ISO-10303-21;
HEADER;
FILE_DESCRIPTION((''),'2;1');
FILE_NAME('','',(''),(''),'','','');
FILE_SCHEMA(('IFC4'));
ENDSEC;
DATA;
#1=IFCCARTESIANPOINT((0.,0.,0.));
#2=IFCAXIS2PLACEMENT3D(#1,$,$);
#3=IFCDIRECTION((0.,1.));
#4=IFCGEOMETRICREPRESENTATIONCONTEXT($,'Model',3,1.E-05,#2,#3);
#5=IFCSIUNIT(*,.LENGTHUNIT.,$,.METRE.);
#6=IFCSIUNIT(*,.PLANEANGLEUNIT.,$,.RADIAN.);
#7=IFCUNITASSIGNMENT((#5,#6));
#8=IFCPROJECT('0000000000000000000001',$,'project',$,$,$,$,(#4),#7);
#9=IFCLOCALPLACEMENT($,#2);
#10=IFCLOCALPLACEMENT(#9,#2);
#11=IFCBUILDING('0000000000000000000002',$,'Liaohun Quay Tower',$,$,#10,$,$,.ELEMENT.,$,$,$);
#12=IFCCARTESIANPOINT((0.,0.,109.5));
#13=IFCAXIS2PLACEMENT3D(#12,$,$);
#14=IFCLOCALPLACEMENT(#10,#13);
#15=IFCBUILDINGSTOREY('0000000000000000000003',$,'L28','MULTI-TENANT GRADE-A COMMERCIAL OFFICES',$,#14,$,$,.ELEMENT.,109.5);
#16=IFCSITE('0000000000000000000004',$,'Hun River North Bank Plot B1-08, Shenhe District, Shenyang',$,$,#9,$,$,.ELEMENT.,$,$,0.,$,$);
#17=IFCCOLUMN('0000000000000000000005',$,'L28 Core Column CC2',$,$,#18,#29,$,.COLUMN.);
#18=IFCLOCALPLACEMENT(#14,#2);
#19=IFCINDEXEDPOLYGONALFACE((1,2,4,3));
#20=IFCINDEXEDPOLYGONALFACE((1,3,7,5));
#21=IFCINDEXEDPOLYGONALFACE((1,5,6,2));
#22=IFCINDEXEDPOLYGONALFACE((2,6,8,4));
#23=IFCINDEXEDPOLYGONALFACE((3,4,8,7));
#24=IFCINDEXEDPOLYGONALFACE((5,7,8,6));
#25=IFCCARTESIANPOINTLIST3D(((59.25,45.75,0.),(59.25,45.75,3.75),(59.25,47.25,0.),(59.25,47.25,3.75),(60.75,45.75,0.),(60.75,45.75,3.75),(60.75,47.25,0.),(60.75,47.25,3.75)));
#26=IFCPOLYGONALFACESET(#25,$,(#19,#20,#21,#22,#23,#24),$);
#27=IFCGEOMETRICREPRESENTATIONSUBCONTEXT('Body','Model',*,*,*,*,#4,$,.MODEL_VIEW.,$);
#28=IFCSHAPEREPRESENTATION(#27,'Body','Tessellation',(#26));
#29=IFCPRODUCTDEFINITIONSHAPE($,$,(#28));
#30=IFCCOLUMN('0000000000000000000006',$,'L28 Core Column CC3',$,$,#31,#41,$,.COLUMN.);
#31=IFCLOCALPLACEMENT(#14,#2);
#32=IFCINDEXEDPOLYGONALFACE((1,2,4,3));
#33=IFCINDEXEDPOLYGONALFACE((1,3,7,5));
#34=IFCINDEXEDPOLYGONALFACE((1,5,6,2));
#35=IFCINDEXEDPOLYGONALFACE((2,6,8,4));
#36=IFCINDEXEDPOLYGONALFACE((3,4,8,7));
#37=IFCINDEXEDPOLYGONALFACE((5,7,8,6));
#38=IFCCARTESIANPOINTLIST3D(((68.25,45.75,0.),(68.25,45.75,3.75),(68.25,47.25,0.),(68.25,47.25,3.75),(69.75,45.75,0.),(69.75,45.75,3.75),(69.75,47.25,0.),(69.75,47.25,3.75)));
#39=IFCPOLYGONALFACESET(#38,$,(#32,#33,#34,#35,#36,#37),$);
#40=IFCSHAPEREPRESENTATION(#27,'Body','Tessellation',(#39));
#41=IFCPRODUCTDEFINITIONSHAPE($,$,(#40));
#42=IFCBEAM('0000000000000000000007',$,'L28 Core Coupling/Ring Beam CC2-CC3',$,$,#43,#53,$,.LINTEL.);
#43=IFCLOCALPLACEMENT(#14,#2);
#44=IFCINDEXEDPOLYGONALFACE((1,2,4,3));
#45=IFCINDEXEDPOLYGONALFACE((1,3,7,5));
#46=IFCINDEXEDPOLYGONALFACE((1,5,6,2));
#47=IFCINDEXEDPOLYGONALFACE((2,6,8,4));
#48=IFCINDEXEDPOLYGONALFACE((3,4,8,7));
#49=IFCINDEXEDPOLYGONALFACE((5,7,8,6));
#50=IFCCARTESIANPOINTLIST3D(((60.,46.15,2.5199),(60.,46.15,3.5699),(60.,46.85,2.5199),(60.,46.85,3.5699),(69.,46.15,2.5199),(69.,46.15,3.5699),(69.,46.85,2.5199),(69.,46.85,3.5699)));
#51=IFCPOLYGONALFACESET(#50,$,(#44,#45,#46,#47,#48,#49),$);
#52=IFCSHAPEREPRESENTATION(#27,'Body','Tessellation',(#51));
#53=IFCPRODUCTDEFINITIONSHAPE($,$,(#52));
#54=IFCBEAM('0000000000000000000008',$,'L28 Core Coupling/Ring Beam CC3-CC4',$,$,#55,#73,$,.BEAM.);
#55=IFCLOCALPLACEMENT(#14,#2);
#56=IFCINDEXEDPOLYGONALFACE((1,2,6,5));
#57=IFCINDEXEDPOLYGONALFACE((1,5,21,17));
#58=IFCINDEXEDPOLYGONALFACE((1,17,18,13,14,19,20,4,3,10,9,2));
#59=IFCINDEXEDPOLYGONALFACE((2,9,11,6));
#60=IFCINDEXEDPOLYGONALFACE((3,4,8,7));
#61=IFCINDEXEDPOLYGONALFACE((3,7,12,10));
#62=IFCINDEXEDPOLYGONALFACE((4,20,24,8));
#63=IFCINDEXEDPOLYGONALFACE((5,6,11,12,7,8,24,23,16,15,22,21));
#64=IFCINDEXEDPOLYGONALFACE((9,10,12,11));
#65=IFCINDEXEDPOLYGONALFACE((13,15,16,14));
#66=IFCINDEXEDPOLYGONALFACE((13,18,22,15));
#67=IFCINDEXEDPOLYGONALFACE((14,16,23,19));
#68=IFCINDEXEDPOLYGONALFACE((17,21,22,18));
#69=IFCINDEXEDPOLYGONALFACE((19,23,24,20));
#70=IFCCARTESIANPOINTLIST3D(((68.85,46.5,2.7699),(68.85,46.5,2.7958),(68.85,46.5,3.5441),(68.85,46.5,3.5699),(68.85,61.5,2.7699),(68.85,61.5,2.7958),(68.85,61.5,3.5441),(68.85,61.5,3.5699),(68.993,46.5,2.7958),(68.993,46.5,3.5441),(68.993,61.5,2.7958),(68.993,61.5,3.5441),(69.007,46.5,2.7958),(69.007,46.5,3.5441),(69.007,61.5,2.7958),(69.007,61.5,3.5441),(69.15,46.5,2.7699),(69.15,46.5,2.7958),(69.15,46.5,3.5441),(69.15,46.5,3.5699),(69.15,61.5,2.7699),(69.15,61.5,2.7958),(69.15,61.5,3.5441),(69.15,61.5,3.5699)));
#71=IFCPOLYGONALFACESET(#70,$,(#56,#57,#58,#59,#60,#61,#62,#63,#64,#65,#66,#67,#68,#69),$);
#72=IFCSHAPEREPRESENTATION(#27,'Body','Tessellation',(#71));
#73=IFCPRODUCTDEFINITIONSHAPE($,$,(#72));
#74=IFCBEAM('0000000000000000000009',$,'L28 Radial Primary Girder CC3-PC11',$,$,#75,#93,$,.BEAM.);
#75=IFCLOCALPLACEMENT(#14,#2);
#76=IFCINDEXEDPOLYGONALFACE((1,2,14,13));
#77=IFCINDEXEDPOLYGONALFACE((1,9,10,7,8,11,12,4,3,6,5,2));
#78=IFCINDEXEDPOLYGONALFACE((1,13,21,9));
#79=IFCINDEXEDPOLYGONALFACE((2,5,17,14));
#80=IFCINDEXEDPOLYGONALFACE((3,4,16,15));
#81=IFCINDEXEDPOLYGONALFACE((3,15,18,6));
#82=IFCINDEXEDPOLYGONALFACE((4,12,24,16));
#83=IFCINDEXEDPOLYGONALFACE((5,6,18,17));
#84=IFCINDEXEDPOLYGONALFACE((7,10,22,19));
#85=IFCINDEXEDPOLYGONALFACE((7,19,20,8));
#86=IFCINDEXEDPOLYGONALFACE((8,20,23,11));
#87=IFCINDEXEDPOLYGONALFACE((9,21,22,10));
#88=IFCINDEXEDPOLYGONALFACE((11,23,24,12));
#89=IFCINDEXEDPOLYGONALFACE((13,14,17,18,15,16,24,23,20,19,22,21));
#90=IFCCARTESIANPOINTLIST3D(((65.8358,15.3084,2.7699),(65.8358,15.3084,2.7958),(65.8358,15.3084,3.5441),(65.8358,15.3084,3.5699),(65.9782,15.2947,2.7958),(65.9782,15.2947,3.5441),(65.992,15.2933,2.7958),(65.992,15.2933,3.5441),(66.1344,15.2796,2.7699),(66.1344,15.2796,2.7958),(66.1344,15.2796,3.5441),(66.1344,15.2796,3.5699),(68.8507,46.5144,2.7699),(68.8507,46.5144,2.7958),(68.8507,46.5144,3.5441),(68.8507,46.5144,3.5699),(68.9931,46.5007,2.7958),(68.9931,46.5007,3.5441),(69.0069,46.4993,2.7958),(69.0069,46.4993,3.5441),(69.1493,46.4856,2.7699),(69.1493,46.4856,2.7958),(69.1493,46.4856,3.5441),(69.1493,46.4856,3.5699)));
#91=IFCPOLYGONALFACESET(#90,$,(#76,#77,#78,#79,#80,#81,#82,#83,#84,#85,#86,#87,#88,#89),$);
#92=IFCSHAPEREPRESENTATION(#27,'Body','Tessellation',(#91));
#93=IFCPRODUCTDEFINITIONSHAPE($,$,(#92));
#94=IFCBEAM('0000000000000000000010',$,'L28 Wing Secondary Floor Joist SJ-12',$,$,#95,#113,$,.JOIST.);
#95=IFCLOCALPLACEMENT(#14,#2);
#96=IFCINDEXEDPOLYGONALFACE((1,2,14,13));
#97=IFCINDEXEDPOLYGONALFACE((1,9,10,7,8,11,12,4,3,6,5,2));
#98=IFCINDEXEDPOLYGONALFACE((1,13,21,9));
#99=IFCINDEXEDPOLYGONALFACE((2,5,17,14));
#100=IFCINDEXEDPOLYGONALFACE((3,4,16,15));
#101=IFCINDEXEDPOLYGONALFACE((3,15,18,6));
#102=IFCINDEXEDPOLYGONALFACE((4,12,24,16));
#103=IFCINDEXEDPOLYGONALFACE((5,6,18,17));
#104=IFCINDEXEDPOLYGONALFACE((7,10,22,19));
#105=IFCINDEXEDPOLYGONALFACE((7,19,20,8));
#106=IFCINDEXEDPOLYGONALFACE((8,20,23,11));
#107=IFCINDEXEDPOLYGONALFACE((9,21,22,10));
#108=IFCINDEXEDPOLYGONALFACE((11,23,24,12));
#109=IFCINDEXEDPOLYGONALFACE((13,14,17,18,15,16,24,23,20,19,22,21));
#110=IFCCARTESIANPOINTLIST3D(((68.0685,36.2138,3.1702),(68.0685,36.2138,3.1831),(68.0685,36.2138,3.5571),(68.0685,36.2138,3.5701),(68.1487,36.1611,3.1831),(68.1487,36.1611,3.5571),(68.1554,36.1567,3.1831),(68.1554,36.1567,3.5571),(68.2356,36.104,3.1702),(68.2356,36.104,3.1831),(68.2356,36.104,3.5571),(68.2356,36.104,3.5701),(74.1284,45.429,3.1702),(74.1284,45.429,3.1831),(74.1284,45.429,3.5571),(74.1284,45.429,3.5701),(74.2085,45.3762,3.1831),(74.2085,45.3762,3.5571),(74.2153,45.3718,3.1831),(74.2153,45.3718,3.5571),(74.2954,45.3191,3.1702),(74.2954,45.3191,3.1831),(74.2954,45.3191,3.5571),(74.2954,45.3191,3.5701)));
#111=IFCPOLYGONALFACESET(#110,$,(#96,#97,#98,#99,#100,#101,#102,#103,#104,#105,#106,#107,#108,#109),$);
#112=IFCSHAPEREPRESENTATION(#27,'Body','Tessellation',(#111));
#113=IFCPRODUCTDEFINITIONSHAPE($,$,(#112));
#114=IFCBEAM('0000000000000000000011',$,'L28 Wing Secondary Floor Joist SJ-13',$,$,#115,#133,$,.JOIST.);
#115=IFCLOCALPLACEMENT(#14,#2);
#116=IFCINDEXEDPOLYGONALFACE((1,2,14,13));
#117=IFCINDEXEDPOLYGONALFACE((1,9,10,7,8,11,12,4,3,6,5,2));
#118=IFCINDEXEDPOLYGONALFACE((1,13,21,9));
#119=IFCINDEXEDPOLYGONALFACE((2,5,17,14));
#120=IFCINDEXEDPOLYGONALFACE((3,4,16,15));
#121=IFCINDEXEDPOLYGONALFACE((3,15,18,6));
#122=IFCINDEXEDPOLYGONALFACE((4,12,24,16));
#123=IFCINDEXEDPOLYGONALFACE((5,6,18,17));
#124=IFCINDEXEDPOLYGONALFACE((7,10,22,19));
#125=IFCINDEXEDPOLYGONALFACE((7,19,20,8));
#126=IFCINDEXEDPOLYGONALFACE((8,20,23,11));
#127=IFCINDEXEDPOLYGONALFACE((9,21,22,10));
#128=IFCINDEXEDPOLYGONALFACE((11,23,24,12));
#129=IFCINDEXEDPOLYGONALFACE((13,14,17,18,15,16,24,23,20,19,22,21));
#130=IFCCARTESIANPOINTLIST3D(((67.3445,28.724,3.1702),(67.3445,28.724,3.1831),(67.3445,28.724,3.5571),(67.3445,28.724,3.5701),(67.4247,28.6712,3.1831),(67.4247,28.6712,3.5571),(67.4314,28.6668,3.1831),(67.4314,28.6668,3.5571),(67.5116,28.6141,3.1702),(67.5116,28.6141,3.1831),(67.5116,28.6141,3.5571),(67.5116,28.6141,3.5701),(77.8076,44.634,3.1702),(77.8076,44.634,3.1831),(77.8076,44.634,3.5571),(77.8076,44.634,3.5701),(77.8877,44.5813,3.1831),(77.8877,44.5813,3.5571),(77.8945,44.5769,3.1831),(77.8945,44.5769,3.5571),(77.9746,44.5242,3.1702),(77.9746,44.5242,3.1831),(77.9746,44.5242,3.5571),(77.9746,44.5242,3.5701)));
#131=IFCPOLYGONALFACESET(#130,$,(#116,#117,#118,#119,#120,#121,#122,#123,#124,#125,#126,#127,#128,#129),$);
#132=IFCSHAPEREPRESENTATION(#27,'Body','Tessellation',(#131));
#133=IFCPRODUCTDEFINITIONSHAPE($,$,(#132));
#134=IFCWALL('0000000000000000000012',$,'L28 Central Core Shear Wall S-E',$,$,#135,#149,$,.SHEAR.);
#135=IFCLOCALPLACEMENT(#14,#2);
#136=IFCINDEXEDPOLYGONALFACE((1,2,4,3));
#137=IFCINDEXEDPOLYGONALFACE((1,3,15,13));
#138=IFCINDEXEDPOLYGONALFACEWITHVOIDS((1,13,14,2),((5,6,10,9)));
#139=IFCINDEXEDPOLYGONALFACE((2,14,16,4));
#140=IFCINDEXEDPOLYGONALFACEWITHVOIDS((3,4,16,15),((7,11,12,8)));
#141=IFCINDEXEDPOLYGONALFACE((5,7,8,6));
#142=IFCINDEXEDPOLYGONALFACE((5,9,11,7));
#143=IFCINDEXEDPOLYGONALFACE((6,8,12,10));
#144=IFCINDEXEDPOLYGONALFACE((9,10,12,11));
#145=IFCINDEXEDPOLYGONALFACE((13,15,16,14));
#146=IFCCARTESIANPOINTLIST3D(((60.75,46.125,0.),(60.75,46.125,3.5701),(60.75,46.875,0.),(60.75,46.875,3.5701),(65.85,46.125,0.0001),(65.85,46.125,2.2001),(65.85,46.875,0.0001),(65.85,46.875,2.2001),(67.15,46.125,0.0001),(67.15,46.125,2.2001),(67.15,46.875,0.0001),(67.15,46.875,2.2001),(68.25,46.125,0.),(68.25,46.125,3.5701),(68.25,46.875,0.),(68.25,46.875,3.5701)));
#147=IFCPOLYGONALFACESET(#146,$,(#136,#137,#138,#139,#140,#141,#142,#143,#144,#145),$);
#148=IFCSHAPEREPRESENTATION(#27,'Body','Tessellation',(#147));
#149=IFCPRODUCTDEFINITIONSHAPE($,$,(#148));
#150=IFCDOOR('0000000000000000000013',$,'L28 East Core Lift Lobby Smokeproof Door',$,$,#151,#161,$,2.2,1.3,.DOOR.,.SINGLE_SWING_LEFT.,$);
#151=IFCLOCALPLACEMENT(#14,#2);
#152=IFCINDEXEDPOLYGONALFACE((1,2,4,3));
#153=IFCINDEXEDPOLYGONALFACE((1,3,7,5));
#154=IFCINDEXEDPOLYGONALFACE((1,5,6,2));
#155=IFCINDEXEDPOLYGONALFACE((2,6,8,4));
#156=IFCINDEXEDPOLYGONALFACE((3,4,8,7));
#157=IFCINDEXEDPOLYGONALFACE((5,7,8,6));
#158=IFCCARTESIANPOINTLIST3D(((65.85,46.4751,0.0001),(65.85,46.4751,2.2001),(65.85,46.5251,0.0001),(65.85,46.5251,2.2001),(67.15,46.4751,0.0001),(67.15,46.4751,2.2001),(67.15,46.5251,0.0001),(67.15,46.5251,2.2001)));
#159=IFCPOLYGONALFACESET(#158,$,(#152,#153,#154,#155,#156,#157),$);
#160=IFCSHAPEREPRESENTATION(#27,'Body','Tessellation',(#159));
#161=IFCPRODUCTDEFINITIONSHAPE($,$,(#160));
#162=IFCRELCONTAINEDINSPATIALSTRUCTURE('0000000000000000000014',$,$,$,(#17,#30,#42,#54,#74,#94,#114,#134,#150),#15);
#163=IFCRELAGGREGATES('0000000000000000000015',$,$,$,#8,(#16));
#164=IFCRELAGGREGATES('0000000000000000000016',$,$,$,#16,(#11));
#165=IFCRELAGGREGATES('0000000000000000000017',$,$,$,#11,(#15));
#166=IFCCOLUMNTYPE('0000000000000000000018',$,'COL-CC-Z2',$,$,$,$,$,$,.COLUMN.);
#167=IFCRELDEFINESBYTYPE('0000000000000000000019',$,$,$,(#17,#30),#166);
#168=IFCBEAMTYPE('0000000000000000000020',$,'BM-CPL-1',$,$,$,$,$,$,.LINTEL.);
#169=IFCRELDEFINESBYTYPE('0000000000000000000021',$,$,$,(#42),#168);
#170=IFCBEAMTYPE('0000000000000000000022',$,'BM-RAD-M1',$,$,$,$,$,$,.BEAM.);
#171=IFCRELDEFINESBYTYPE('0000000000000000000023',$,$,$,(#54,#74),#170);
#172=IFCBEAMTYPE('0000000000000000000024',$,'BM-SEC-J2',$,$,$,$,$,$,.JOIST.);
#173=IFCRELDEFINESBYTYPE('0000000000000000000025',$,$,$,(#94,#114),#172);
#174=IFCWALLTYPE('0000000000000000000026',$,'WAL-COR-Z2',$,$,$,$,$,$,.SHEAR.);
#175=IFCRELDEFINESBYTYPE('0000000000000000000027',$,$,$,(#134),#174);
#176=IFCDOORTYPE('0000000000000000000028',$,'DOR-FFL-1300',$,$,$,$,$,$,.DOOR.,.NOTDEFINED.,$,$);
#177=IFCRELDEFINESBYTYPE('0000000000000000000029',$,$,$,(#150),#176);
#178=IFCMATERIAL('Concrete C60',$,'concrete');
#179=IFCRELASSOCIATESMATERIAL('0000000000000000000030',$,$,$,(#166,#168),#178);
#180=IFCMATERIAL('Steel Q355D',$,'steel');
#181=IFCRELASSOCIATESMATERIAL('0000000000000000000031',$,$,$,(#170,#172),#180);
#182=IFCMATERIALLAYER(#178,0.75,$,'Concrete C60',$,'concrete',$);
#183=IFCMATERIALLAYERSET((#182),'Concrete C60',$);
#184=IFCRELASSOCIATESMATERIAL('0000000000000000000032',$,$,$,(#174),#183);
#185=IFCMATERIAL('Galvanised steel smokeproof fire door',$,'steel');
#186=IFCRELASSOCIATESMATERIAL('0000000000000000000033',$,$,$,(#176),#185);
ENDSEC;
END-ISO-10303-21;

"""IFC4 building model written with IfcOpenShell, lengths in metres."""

from ifc_helpers import new_model, si_unit, direction, frame, frame_2d, origin, origin_2d, place, context, subcontext, project, spatial, rectangle, i_section, extrude, source, transform, mapped, material, layer, layer_set, material_profile, profile_set, type_object, element, fill, save


model = new_model("IFC4")

# Units and contexts
model_context = context("Model", 3, precision=1e-05, world=origin(), true_north=direction((0.0, 1.0)))
body_context = subcontext(model_context, "Body", "Model", "MODEL_VIEW")
ifc_project = project(units=[si_unit("LENGTHUNIT", "METRE"), si_unit("PLANEANGLEUNIT", "RADIAN")], contexts=[model_context])

# Site, building, storey
site_placement = place(None, origin())
site = spatial("IfcSite", under=ifc_project, at=site_placement, Name="Hun River North Bank Plot B1-08, Shenhe District, Shenyang", CompositionType="ELEMENT", RefElevation=0.0)
building_placement = place(site_placement, origin())
building = spatial("IfcBuilding", under=site, at=building_placement, Name="Liaohun Quay Tower", CompositionType="ELEMENT")
storey_placement = place(building_placement, frame((0.0, 0.0, 109.5)))
storey = spatial("IfcBuildingStorey", under=building, at=storey_placement, Name="L28", Description="MULTI-TENANT GRADE-A COMMERCIAL OFFICES", CompositionType="ELEMENT", Elevation=109.5)

# Columns
ifc_material_1 = material(Name="Concrete C60", Category="concrete")
ifc_material_profile_1 = material_profile(ifc_material_1, rectangle(XDim=1.5, YDim=1.5, at=origin_2d()), Name="RC1500x1500")
ifc_profile_set_1 = profile_set([ifc_material_profile_1], Name="Concrete C60")
column_type = type_object("IfcColumnType", Name="COL-CC-Z2", PredefinedType="COLUMN", material=ifc_profile_set_1)
shared_shape_1 = source(origin(), body_context, "Body", "SweptSolid", [
    extrude(rectangle(XDim=1.5, YDim=1.5, at=origin_2d()), origin(), (0.0, 0.0, 1.0), 3.75),
])
for number, where, z_axis, x_axis, name in (
    (1, (60.0, 46.5, 0.0), (0.0, 0.0, 1.0), (1.0, 0.0, 0.0), "L28 Core Column CC2"),
    (2, (69.0, 46.5, 0.0), (0.0, 0.0, 1.0), (1.0, 0.0, 0.0), "L28 Core Column CC3"),
):
    element("IfcColumn", number, at=place(storey_placement, frame(where, z_axis=z_axis, x_axis=x_axis)), inside=storey, type_object=column_type, Name=name, PredefinedType="COLUMN", context=body_context, shape_type="MappedRepresentation", body=[
        mapped(shared_shape_1, transform((0.0, 0.0, 0.0), x_axis=(1.0, 0.0, 0.0), y_axis=(0.0, 1.0, 0.0), z_axis=(0.0, 0.0, 1.0), scale=1.0)),
    ])

# Beams
ifc_material_profile_2 = material_profile(ifc_material_1, rectangle(XDim=0.7, YDim=1.05, at=origin_2d()), Name="RC700x1050")
ifc_profile_set_2 = profile_set([ifc_material_profile_2], Name="Concrete C60")
beam_type_1 = type_object("IfcBeamType", Name="BM-CPL-1", PredefinedType="LINTEL", material=ifc_profile_set_2)
shared_shape_2 = source(origin(), body_context, "Body", "SweptSolid", [
    extrude(rectangle(XDim=0.7, YDim=1.05, at=origin_2d()), origin(), (0.0, 0.0, 1.0), 9.0),
])
beam_1_placement = place(storey_placement, frame((60.0, 46.5, 3.0449), z_axis=(1.0, 0.0, 0.0), x_axis=(0.0, 1.0, 0.0)))
element("IfcBeam", 3, at=beam_1_placement, inside=storey, type_object=beam_type_1, Name="L28 Core Coupling/Ring Beam CC2-CC3", PredefinedType="LINTEL", context=body_context, shape_type="MappedRepresentation", body=[
    mapped(shared_shape_2, transform((0.0, 0.0, 0.0), x_axis=(1.0, 0.0, 0.0), y_axis=(0.0, 1.0, 0.0), z_axis=(0.0, 0.0, 1.0), scale=1.0)),
])
ifc_material_2 = material(Name="Steel Q355D", Category="steel")
ifc_material_profile_3 = material_profile(ifc_material_2, i_section(OverallWidth=0.3, OverallDepth=0.8, WebThickness=0.0139, FlangeThickness=0.0259, at=origin_2d()), Name="HN800x300x14x26")
ifc_profile_set_3 = profile_set([ifc_material_profile_3], Name="Steel Q355D")
beam_type_2 = type_object("IfcBeamType", Name="BM-RAD-M1", PredefinedType="BEAM", material=ifc_profile_set_3)
shared_shape_3 = source(origin(), body_context, "Body", "SweptSolid", [
    extrude(i_section(OverallWidth=0.3, OverallDepth=0.8, WebThickness=0.0139, FlangeThickness=0.0259, at=origin_2d()), origin(), (0.0, 0.0, 1.0), 15.0),
])
beam_2_placement = place(storey_placement, frame((69.0, 46.5, 3.1699), z_axis=(0.0, 1.0, 0.0), x_axis=(-1.0, 0.0, 0.0)))
element("IfcBeam", 4, at=beam_2_placement, inside=storey, type_object=beam_type_2, Name="L28 Core Coupling/Ring Beam CC3-CC4", PredefinedType="BEAM", context=body_context, shape_type="MappedRepresentation", body=[
    mapped(shared_shape_3, transform((0.0, 0.0, 0.0), x_axis=(1.0, 0.0, 0.0), y_axis=(0.0, 1.0, 0.0), z_axis=(0.0, 0.0, 1.0), scale=1.0)),
])
shared_shape_4 = source(origin(), body_context, "Body", "SweptSolid", [
    extrude(i_section(OverallWidth=0.3, OverallDepth=0.8, WebThickness=0.0139, FlangeThickness=0.0259, at=origin_2d()), origin(), (0.0, 0.0, 1.0), 31.3513),
])
beam_3_placement = place(storey_placement, frame((69.0, 46.5, 3.1699), z_axis=(-0.096165, -0.995365, 0.0), x_axis=(0.995365, -0.096165, 0.0)))
element("IfcBeam", 5, at=beam_3_placement, inside=storey, type_object=beam_type_2, Name="L28 Radial Primary Girder CC3-PC11", PredefinedType="BEAM", context=body_context, shape_type="MappedRepresentation", body=[
    mapped(shared_shape_4, transform((0.0, 0.0, 0.0), x_axis=(1.0, 0.0, 0.0), y_axis=(0.0, 1.0, 0.0), z_axis=(0.0, 0.0, 1.0), scale=1.0)),
])
ifc_material_profile_4 = material_profile(ifc_material_2, i_section(OverallWidth=0.2, OverallDepth=0.3999, WebThickness=0.0081, FlangeThickness=0.0129, at=origin_2d()), Name="HN400x200x8x13")
ifc_profile_set_4 = profile_set([ifc_material_profile_4], Name="Steel Q355D")
beam_type_3 = type_object("IfcBeamType", Name="BM-SEC-J2", PredefinedType="JOIST", material=ifc_profile_set_4)
shared_shape_5 = source(origin(), body_context, "Body", "SweptSolid", [
    extrude(i_section(OverallWidth=0.2, OverallDepth=0.3999, WebThickness=0.0081, FlangeThickness=0.0129, at=origin_2d()), origin(), (0.0, 0.0, 1.0), 11.0291),
])
beam_4_placement = place(storey_placement, frame((74.2119, 45.374, 3.3701), z_axis=(-0.549443, -0.835531, 0.0), x_axis=(0.835531, -0.549443, 0.0)))
element("IfcBeam", 6, at=beam_4_placement, inside=storey, type_object=beam_type_3, Name="L28 Wing Secondary Floor Joist SJ-12", PredefinedType="JOIST", context=body_context, shape_type="MappedRepresentation", body=[
    mapped(shared_shape_5, transform((0.0, 0.0, 0.0), x_axis=(1.0, 0.0, 0.0), y_axis=(0.0, 1.0, 0.0), z_axis=(0.0, 0.0, 1.0), scale=1.0)),
])
shared_shape_6 = source(origin(), body_context, "Body", "SweptSolid", [
    extrude(i_section(OverallWidth=0.2, OverallDepth=0.3999, WebThickness=0.0081, FlangeThickness=0.0129, at=origin_2d()), origin(), (0.0, 0.0, 1.0), 19.0422),
])
beam_5_placement = place(storey_placement, frame((77.8911, 44.5791, 3.3701), z_axis=(-0.549467, -0.835515, 0.0), x_axis=(0.835515, -0.549467, 0.0)))
element("IfcBeam", 7, at=beam_5_placement, inside=storey, type_object=beam_type_3, Name="L28 Wing Secondary Floor Joist SJ-13", PredefinedType="JOIST", context=body_context, shape_type="MappedRepresentation", body=[
    mapped(shared_shape_6, transform((0.0, 0.0, 0.0), x_axis=(1.0, 0.0, 0.0), y_axis=(0.0, 1.0, 0.0), z_axis=(0.0, 0.0, 1.0), scale=1.0)),
])

# Wall, opening, door
ifc_layer_1 = layer(ifc_material_1, 0.75, Name="Concrete C60", Category="concrete")
ifc_layer_set_1 = layer_set([ifc_layer_1], Name="Concrete C60")
wall_type_1 = type_object("IfcWallType", Name="WAL-COR-Z2", PredefinedType="SHEAR", material=ifc_layer_set_1)
wall_1_placement = place(storey_placement, frame((68.25, 46.5, 0.0), z_axis=(0.0, 0.0, 1.0), x_axis=(-1.0, 0.0, 0.0)))
wall_1 = element("IfcWall", 8, at=wall_1_placement, inside=storey, type_object=wall_type_1, Name="L28 Central Core Shear Wall S-E", PredefinedType="SHEAR", context=body_context, shape_type="SweptSolid", body=[
    extrude(rectangle(XDim=7.5, YDim=0.75, at=frame_2d((3.75, 0.0))), origin(), (0.0, 0.0, 1.0), 3.5701),
])
shared_shape_7 = source(origin(), body_context, "Body", "SweptSolid", [
    extrude(rectangle(XDim=1.3, YDim=2.2, at=frame_2d((0.6499, 1.1001))), frame((0.0, 0.385, 0.0), z_axis=(0.0, -1.0, 0.0), x_axis=(1.0, 0.0, 0.0)), (0.0, 0.0, 1.0), 0.77),
])
opening_1_placement = place(wall_1_placement, frame((1.1001, 0.0, 0.0)))
opening_1 = element("IfcOpeningElement", 9, at=opening_1_placement, cuts=wall_1, PredefinedType="OPENING", context=body_context, shape_type="MappedRepresentation", body=[
    mapped(shared_shape_7, transform((0.0, 0.0, 0.0), x_axis=(1.0, 0.0, 0.0), y_axis=(0.0, 1.0, 0.0), z_axis=(0.0, 0.0, 1.0), scale=1.0)),
])
ifc_material_3 = material(Name="Galvanised steel smokeproof fire door", Category="steel")
door_type_1 = type_object("IfcDoorType", Name="DOR-FFL-1300", OperationType="NOTDEFINED", PredefinedType="DOOR", material=ifc_material_3)
shared_shape_8 = source(origin(), body_context, "Body", "SweptSolid", [
    extrude(rectangle(XDim=1.3, YDim=2.2, at=frame_2d((0.6499, 1.1001))), frame((0.0, 0.0249, 0.0), z_axis=(0.0, -1.0, 0.0), x_axis=(1.0, 0.0, 0.0)), (0.0, 0.0, 1.0), 0.05),
])
door_1_placement = place(opening_1_placement, origin())
door_1 = element("IfcDoor", 10, at=door_1_placement, inside=storey, type_object=door_type_1, Name="L28 East Core Lift Lobby Smokeproof Door", OperationType="SINGLE_SWING_LEFT", OverallHeight=2.2, OverallWidth=1.3, PredefinedType="DOOR", context=body_context, shape_type="MappedRepresentation", body=[
    mapped(shared_shape_8, transform((0.0, 0.0, 0.0), x_axis=(1.0, 0.0, 0.0), y_axis=(0.0, 1.0, 0.0), z_axis=(0.0, 0.0, 1.0), scale=1.0)),
])
fill(opening_1, door_1)

save(model, "model.ifc")
